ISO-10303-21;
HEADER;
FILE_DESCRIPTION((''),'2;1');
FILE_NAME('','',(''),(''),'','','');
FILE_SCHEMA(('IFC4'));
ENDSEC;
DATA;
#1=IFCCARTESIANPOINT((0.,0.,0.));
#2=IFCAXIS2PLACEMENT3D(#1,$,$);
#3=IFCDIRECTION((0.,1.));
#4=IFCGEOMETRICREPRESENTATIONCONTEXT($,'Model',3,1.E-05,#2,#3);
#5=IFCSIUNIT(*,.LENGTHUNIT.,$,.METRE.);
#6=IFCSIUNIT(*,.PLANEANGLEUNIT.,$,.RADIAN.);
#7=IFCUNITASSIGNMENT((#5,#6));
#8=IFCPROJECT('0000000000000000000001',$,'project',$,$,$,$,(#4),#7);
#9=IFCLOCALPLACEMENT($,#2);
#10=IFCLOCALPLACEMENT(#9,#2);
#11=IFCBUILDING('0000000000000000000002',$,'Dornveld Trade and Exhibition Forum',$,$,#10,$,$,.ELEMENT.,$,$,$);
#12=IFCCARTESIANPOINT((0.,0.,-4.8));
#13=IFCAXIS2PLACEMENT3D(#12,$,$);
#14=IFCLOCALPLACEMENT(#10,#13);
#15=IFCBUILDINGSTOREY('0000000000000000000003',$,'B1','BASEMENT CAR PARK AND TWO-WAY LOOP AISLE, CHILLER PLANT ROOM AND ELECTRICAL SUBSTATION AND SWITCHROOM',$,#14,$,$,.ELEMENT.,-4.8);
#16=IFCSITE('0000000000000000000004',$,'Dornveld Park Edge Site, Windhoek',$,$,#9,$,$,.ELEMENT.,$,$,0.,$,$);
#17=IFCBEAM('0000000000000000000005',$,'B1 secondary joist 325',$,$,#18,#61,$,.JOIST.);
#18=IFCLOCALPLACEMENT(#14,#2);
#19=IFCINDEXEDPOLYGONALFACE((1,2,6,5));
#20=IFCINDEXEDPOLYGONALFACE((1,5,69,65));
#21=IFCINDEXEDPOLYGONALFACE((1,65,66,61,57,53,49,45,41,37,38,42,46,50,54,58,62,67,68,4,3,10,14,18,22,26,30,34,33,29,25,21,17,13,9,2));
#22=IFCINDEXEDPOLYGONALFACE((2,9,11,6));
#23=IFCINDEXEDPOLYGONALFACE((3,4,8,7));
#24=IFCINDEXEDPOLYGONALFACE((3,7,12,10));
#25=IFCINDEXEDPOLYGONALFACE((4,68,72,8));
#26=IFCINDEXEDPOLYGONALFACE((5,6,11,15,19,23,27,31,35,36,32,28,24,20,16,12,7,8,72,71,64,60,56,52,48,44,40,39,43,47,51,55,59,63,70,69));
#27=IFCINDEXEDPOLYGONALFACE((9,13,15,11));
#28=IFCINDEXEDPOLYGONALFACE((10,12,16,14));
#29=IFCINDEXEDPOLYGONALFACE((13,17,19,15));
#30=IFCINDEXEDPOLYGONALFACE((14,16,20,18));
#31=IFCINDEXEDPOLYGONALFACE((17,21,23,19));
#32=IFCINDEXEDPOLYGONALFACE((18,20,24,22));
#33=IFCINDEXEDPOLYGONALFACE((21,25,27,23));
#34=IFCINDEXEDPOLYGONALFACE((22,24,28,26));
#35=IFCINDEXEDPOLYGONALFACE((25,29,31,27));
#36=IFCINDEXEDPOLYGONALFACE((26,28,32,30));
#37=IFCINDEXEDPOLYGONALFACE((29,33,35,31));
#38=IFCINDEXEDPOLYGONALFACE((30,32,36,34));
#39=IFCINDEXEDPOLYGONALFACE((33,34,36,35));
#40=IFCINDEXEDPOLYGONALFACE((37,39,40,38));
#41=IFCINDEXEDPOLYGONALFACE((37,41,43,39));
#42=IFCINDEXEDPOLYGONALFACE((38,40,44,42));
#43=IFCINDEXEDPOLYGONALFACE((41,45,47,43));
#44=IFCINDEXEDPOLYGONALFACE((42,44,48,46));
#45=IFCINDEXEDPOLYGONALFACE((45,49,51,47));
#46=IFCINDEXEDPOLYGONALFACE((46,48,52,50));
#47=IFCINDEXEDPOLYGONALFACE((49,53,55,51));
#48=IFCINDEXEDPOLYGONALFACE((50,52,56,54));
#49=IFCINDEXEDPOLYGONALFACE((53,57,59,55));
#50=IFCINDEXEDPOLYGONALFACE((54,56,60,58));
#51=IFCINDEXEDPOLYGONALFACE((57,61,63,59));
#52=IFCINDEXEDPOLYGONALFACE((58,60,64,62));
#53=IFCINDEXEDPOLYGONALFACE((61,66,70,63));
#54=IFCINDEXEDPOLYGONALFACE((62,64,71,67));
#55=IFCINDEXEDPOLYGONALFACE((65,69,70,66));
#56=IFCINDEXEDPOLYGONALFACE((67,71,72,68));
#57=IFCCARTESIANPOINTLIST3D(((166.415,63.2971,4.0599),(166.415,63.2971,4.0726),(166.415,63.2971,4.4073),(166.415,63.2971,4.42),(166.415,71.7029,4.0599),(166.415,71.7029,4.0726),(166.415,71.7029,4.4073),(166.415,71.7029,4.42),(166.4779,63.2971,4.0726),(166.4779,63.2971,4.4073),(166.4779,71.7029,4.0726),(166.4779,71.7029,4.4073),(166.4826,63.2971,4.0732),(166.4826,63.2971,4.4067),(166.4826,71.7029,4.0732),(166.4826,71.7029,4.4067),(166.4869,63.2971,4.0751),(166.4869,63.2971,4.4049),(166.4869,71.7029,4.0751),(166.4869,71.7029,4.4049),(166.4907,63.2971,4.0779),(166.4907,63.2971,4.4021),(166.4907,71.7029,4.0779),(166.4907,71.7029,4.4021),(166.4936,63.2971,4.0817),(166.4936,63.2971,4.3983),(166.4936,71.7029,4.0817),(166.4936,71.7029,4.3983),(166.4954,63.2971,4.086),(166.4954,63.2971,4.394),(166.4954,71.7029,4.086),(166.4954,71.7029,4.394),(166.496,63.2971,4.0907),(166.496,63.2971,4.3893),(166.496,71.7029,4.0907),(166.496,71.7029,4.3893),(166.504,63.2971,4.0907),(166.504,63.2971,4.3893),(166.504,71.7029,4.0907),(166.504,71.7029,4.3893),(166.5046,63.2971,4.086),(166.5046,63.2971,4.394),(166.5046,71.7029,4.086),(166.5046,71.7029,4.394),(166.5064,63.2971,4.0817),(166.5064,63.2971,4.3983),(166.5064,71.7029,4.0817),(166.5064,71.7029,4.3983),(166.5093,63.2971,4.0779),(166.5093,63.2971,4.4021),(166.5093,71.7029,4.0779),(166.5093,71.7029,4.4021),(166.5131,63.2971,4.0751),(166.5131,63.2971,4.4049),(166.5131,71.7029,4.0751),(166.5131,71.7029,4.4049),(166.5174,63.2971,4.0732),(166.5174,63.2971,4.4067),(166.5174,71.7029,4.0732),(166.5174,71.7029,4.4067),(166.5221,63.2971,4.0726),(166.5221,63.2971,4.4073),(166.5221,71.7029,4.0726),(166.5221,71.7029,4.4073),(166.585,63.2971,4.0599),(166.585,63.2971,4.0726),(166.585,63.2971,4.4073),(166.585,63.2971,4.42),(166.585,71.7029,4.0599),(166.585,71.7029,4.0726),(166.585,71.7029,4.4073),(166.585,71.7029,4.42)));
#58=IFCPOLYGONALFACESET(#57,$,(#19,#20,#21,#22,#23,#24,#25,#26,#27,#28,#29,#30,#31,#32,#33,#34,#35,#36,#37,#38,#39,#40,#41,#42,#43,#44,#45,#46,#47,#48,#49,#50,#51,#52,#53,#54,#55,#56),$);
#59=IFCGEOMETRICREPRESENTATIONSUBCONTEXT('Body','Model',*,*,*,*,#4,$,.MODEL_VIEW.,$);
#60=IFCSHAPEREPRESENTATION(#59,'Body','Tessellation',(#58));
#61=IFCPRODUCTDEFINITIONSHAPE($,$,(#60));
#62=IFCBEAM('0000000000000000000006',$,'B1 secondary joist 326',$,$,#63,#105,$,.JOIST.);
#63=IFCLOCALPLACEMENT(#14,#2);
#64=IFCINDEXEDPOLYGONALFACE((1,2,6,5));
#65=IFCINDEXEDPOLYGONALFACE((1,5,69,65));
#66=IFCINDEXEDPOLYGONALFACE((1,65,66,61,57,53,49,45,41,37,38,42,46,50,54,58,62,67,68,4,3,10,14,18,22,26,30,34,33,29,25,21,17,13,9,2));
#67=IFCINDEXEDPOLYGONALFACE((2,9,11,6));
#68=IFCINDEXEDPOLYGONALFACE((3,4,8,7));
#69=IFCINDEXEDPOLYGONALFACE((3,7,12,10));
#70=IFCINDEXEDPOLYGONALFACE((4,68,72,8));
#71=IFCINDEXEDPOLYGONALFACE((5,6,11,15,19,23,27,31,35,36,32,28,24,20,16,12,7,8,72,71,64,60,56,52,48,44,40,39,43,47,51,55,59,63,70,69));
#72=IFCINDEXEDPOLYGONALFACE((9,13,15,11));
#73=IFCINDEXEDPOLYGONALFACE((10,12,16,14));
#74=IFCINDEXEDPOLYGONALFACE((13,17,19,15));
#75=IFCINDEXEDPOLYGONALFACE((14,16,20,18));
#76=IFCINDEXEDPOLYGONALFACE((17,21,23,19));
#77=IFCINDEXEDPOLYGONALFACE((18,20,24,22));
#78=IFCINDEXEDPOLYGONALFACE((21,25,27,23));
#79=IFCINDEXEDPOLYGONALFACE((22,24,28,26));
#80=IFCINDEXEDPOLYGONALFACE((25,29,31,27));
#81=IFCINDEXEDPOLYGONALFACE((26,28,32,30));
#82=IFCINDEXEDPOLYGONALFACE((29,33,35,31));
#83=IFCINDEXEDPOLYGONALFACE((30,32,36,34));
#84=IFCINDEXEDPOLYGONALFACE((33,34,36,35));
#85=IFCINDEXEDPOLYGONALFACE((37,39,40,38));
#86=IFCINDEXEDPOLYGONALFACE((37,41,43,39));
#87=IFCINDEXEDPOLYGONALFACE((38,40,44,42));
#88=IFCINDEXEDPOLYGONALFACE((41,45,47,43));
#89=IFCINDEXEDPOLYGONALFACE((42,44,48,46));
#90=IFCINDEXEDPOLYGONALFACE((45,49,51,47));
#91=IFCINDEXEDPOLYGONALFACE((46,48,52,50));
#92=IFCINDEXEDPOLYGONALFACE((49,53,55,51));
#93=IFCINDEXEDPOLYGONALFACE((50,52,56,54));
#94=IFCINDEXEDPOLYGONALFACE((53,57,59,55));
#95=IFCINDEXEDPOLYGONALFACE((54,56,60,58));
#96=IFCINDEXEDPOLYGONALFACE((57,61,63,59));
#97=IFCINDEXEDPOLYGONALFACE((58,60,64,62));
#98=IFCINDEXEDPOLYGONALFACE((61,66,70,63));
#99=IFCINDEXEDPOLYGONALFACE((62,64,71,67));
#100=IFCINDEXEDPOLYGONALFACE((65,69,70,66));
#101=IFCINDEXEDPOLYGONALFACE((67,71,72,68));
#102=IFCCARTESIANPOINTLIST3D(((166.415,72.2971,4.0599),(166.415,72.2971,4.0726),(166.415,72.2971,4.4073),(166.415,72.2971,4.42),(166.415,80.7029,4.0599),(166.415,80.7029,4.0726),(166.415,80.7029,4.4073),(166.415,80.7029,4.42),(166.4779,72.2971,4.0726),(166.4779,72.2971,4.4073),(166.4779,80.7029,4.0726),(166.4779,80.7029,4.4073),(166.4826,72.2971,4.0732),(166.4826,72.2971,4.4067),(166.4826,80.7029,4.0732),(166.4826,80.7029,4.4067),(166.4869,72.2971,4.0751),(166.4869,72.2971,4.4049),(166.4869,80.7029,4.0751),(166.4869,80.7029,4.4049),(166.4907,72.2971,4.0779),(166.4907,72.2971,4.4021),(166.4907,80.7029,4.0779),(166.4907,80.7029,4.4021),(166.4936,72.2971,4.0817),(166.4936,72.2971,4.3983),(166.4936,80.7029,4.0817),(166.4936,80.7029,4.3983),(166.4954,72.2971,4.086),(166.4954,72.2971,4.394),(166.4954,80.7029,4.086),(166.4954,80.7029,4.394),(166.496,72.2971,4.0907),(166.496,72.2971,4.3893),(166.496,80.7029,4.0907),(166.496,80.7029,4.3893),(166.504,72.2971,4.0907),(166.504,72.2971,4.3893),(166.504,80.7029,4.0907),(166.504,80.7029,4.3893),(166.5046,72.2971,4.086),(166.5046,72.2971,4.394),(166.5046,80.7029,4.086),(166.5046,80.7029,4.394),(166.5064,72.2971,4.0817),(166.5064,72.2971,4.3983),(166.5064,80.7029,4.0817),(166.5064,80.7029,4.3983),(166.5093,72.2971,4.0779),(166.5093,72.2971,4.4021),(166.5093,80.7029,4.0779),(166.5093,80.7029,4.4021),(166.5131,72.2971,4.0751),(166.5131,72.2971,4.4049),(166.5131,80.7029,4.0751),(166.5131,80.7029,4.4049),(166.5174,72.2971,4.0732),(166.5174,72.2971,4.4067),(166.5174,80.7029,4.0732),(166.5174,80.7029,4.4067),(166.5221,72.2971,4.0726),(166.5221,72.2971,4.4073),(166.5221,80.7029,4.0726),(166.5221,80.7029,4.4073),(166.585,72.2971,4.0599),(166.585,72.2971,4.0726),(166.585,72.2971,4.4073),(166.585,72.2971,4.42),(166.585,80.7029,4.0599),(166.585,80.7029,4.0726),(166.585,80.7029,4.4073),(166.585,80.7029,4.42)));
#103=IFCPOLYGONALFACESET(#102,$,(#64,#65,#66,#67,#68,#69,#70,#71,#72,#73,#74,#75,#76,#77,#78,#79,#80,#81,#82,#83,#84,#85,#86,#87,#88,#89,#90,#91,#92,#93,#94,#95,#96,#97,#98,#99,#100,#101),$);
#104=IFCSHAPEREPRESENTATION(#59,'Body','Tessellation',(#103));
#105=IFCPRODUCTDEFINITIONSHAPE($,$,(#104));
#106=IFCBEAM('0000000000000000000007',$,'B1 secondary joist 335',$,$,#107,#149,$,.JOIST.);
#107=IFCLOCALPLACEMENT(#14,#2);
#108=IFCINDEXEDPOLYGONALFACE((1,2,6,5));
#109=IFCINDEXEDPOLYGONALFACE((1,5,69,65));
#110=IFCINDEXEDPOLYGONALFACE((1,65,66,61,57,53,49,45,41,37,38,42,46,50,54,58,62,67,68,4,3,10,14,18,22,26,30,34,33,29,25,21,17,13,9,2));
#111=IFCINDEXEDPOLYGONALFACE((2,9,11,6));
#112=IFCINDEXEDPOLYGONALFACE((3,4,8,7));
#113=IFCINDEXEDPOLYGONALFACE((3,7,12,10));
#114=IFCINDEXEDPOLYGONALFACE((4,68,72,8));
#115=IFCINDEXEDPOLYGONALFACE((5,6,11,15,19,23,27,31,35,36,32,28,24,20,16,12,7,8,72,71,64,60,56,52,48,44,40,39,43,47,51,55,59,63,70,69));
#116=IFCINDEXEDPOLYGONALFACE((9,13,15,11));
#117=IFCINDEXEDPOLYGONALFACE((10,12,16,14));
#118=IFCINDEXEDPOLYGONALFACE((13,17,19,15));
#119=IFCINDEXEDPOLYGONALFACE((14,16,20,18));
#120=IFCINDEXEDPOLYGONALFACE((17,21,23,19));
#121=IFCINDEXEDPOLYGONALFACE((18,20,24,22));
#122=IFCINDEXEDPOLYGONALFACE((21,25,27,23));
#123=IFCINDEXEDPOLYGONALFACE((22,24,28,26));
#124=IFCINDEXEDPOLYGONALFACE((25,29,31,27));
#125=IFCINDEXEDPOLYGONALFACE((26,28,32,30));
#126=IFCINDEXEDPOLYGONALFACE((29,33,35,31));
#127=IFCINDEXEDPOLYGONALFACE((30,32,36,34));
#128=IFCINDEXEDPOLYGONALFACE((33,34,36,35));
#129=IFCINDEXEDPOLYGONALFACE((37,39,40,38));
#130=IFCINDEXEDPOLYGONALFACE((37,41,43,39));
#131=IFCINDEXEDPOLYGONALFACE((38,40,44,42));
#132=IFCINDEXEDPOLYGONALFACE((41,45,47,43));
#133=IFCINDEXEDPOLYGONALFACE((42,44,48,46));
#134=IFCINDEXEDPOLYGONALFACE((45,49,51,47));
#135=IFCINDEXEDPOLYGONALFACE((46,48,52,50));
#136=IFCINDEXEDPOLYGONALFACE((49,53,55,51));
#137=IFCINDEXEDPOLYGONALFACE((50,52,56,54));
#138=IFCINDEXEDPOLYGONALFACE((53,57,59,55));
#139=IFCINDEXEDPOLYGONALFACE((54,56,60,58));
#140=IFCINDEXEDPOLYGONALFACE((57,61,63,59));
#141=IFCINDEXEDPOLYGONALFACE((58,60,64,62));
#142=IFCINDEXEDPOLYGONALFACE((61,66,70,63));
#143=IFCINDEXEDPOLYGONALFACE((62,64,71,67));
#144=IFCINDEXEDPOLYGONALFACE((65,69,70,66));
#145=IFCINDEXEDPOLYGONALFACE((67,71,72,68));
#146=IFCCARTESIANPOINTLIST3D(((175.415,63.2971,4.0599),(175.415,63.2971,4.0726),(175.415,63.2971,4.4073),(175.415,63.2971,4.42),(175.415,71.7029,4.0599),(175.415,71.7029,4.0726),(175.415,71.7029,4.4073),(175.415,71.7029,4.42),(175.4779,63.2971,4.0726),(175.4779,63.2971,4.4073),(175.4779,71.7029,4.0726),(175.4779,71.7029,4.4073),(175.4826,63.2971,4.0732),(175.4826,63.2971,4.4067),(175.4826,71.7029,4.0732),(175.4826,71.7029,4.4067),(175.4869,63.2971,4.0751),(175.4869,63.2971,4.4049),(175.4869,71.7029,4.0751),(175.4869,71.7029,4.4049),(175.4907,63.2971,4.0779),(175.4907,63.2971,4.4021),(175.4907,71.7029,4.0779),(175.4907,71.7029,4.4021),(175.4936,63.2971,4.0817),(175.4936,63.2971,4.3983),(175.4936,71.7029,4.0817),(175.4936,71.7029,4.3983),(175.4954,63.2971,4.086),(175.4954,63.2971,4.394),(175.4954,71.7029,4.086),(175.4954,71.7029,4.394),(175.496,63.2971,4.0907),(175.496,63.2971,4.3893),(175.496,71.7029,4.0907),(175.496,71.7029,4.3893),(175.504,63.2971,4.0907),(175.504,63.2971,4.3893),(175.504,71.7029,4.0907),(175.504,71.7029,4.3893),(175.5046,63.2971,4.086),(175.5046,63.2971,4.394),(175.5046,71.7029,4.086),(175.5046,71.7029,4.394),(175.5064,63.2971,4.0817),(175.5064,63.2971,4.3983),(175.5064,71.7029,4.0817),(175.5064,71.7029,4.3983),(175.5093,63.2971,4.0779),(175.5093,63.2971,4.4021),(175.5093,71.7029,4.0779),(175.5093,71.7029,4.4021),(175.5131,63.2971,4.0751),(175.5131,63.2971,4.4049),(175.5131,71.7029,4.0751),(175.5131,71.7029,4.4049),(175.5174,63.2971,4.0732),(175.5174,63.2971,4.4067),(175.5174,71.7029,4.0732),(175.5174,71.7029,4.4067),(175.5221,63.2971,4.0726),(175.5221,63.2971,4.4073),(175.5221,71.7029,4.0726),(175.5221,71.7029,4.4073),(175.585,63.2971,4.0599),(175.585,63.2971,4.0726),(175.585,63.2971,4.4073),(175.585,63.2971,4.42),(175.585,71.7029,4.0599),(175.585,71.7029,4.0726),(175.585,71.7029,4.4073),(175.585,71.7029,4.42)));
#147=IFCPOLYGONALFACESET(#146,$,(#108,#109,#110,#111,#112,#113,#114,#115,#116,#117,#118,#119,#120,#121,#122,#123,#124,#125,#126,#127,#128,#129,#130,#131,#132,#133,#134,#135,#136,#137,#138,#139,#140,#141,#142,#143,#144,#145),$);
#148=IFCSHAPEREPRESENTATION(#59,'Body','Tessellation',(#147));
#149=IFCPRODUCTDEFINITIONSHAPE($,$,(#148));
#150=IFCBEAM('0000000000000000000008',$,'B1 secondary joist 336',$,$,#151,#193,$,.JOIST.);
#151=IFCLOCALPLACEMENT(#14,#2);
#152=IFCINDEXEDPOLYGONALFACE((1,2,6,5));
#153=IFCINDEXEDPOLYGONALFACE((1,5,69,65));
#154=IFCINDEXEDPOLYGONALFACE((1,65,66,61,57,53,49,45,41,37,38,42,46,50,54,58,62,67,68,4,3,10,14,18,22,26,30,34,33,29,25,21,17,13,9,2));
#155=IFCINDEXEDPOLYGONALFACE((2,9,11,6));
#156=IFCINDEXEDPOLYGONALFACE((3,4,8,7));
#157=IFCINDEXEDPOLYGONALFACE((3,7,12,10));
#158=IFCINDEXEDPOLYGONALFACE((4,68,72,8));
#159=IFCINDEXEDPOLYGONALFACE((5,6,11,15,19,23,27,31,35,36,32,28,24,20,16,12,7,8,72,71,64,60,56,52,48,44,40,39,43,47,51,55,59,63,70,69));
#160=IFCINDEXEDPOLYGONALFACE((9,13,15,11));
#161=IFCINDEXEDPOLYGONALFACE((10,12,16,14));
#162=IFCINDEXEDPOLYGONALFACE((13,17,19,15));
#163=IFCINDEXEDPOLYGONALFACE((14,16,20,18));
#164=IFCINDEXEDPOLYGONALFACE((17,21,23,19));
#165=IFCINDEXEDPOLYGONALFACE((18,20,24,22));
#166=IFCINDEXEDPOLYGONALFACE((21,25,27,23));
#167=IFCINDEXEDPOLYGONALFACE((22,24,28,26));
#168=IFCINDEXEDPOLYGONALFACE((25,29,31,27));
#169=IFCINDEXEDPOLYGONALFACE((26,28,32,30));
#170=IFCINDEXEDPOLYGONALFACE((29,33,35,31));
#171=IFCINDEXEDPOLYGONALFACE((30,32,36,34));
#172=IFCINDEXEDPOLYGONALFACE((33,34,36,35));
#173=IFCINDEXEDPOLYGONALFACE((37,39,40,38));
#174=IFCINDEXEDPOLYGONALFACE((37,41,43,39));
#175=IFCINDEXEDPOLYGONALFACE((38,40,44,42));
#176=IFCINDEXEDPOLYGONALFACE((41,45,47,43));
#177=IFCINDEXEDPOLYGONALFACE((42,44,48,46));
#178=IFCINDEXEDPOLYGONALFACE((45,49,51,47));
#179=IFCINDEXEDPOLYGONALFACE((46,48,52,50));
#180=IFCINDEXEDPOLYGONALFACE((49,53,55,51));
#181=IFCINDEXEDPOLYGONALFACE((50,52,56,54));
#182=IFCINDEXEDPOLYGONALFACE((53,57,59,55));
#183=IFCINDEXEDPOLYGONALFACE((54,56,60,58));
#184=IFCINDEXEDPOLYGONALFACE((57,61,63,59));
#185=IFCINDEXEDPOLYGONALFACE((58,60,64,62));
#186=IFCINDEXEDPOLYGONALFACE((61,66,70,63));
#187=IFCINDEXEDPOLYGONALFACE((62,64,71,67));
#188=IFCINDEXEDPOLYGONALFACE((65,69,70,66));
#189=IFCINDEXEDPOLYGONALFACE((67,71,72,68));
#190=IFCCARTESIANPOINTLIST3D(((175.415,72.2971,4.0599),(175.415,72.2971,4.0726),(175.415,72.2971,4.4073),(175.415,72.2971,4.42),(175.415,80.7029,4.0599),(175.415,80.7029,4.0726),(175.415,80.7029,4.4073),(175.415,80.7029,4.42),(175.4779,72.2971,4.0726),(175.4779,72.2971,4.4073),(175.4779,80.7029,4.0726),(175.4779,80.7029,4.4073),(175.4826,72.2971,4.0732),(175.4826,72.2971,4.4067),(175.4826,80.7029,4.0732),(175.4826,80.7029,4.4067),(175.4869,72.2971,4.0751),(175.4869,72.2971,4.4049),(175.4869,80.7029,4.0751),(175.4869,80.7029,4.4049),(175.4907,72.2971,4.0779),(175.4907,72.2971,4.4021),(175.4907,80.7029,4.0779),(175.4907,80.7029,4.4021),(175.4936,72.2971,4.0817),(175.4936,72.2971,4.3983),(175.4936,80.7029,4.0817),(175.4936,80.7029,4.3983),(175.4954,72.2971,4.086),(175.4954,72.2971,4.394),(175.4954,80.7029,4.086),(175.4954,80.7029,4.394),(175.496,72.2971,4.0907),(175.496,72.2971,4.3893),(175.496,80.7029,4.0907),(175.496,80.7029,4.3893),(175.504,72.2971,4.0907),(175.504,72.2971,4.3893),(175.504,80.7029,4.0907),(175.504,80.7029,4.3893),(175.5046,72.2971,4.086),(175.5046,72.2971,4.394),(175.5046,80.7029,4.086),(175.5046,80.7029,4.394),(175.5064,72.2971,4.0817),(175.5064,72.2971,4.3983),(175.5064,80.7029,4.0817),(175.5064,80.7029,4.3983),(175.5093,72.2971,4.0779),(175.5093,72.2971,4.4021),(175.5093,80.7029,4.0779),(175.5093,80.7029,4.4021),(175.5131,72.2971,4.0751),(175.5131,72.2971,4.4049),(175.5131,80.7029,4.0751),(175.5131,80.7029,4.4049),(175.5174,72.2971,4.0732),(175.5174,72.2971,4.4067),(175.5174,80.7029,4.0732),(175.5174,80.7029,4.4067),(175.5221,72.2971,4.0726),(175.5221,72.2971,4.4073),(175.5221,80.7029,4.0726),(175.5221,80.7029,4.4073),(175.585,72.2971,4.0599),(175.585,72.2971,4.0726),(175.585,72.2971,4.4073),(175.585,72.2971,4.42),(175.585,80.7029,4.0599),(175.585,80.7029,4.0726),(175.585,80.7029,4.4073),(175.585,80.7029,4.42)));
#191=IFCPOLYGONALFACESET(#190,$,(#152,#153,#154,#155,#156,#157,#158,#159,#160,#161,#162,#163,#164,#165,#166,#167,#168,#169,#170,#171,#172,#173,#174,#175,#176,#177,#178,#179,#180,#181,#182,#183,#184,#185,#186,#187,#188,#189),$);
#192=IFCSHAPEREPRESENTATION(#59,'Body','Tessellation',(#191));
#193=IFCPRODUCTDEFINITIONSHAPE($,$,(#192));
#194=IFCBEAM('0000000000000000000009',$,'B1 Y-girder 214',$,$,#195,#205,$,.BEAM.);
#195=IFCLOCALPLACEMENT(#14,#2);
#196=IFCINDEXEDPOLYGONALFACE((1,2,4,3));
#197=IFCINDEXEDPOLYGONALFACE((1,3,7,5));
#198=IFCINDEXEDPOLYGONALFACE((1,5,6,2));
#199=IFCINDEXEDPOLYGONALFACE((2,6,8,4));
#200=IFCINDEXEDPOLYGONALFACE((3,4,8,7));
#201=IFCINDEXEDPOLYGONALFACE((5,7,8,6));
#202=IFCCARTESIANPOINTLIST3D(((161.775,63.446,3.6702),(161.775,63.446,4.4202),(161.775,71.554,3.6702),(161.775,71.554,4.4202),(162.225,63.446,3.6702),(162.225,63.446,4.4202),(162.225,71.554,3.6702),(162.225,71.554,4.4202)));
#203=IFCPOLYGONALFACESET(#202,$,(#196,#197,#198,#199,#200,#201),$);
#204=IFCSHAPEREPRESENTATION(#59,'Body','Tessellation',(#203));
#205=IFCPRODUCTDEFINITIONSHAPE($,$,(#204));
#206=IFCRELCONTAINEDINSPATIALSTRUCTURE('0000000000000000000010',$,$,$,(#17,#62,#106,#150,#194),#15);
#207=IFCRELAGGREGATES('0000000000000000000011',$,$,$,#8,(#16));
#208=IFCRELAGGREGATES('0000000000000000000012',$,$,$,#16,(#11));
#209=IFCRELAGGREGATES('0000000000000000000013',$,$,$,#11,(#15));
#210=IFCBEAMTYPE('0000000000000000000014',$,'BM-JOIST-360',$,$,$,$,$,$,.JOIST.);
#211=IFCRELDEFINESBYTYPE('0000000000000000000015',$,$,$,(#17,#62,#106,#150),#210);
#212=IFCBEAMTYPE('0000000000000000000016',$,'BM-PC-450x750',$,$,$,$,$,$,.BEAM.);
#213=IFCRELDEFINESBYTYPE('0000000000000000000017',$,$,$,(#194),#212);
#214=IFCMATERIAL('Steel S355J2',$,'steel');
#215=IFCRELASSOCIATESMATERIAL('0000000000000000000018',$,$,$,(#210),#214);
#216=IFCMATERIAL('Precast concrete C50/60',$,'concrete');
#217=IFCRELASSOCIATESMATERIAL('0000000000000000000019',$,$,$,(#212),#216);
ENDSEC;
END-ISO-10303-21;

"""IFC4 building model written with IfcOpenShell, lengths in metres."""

from ifc_helpers import new_model, si_unit, direction, frame, origin, origin_2d, place, context, subcontext, project, spatial, rectangle, i_section, extrude, material, material_profile, profile_set, type_object, element, save


model = new_model("IFC4")

# Units and contexts
model_context = context("Model", 3, precision=1e-05, world=origin(), true_north=direction((0.0, 1.0)))
body_context = subcontext(model_context, "Body", "Model", "MODEL_VIEW")
ifc_project = project(units=[si_unit("LENGTHUNIT", "METRE"), si_unit("PLANEANGLEUNIT", "RADIAN")], contexts=[model_context])

# Site, building, storey
site_placement = place(None, origin())
site = spatial("IfcSite", under=ifc_project, at=site_placement, Name="Dornveld Park Edge Site, Windhoek", CompositionType="ELEMENT", RefElevation=0.0)
building_placement = place(site_placement, origin())
building = spatial("IfcBuilding", under=site, at=building_placement, Name="Dornveld Trade and Exhibition Forum", CompositionType="ELEMENT")
storey_placement = place(building_placement, frame((0.0, 0.0, -4.8)))
storey = spatial("IfcBuildingStorey", under=building, at=storey_placement, Name="B1", Description="BASEMENT CAR PARK AND TWO-WAY LOOP AISLE, CHILLER PLANT ROOM AND ELECTRICAL SUBSTATION AND SWITCHROOM", CompositionType="ELEMENT", Elevation=-4.8)

# Beams
ifc_material_1 = material(Name="Steel S355J2", Category="steel")
ifc_material_profile_1 = material_profile(ifc_material_1, i_section(OverallWidth=0.1699, OverallDepth=0.3601, WebThickness=0.0081, FlangeThickness=0.0127, FilletRadius=0.0181, at=origin_2d()), Name="IPE 360")
ifc_profile_set_1 = profile_set([ifc_material_profile_1], Name="Steel S355J2")
beam_type_1 = type_object("IfcBeamType", Name="BM-JOIST-360", PredefinedType="JOIST", material=ifc_profile_set_1)
for number, where, z_axis, x_axis, name in (
    (1, (166.5, 63.2971, 4.24), (0.0, 1.0, 0.0), (-1.0, 0.0, 0.0), "B1 secondary joist 325"),
    (2, (166.5, 72.2971, 4.24), (0.0, 1.0, 0.0), (-1.0, 0.0, 0.0), "B1 secondary joist 326"),
    (3, (175.5, 63.2971, 4.24), (0.0, 1.0, 0.0), (-1.0, 0.0, 0.0), "B1 secondary joist 335"),
    (4, (175.5, 72.2971, 4.24), (0.0, 1.0, 0.0), (-1.0, 0.0, 0.0), "B1 secondary joist 336"),
):
    element("IfcBeam", number, at=place(storey_placement, frame(where, z_axis=z_axis, x_axis=x_axis)), inside=storey, type_object=beam_type_1, Name=name, PredefinedType="JOIST", context=body_context, shape_type="SweptSolid", body=[
        extrude(i_section(OverallWidth=0.1699, OverallDepth=0.3601, WebThickness=0.0081, FlangeThickness=0.0127, FilletRadius=0.0181, at=origin_2d()), origin(), (0.0, 0.0, 1.0), 8.4058),
    ])
ifc_material_2 = material(Name="Precast concrete C50/60", Category="concrete")
ifc_material_profile_2 = material_profile(ifc_material_2, rectangle(XDim=0.45, YDim=0.75, at=origin_2d()), Name="PC-BM 450x750")
ifc_profile_set_2 = profile_set([ifc_material_profile_2], Name="Precast concrete C50/60")
beam_type_2 = type_object("IfcBeamType", Name="BM-PC-450x750", PredefinedType="BEAM", material=ifc_profile_set_2)
for number, where, z_axis, x_axis, name in (
    (5, (162.0, 63.446, 4.0452), (0.0, 1.0, 0.0), (-1.0, 0.0, 0.0), "B1 Y-girder 214"),
):
    element("IfcBeam", number, at=place(storey_placement, frame(where, z_axis=z_axis, x_axis=x_axis)), inside=storey, type_object=beam_type_2, Name=name, PredefinedType="BEAM", context=body_context, shape_type="SweptSolid", body=[
        extrude(rectangle(XDim=0.45, YDim=0.75, at=origin_2d()), origin(), (0.0, 0.0, 1.0), 8.1079),
    ])

save(model, "model.ifc")
